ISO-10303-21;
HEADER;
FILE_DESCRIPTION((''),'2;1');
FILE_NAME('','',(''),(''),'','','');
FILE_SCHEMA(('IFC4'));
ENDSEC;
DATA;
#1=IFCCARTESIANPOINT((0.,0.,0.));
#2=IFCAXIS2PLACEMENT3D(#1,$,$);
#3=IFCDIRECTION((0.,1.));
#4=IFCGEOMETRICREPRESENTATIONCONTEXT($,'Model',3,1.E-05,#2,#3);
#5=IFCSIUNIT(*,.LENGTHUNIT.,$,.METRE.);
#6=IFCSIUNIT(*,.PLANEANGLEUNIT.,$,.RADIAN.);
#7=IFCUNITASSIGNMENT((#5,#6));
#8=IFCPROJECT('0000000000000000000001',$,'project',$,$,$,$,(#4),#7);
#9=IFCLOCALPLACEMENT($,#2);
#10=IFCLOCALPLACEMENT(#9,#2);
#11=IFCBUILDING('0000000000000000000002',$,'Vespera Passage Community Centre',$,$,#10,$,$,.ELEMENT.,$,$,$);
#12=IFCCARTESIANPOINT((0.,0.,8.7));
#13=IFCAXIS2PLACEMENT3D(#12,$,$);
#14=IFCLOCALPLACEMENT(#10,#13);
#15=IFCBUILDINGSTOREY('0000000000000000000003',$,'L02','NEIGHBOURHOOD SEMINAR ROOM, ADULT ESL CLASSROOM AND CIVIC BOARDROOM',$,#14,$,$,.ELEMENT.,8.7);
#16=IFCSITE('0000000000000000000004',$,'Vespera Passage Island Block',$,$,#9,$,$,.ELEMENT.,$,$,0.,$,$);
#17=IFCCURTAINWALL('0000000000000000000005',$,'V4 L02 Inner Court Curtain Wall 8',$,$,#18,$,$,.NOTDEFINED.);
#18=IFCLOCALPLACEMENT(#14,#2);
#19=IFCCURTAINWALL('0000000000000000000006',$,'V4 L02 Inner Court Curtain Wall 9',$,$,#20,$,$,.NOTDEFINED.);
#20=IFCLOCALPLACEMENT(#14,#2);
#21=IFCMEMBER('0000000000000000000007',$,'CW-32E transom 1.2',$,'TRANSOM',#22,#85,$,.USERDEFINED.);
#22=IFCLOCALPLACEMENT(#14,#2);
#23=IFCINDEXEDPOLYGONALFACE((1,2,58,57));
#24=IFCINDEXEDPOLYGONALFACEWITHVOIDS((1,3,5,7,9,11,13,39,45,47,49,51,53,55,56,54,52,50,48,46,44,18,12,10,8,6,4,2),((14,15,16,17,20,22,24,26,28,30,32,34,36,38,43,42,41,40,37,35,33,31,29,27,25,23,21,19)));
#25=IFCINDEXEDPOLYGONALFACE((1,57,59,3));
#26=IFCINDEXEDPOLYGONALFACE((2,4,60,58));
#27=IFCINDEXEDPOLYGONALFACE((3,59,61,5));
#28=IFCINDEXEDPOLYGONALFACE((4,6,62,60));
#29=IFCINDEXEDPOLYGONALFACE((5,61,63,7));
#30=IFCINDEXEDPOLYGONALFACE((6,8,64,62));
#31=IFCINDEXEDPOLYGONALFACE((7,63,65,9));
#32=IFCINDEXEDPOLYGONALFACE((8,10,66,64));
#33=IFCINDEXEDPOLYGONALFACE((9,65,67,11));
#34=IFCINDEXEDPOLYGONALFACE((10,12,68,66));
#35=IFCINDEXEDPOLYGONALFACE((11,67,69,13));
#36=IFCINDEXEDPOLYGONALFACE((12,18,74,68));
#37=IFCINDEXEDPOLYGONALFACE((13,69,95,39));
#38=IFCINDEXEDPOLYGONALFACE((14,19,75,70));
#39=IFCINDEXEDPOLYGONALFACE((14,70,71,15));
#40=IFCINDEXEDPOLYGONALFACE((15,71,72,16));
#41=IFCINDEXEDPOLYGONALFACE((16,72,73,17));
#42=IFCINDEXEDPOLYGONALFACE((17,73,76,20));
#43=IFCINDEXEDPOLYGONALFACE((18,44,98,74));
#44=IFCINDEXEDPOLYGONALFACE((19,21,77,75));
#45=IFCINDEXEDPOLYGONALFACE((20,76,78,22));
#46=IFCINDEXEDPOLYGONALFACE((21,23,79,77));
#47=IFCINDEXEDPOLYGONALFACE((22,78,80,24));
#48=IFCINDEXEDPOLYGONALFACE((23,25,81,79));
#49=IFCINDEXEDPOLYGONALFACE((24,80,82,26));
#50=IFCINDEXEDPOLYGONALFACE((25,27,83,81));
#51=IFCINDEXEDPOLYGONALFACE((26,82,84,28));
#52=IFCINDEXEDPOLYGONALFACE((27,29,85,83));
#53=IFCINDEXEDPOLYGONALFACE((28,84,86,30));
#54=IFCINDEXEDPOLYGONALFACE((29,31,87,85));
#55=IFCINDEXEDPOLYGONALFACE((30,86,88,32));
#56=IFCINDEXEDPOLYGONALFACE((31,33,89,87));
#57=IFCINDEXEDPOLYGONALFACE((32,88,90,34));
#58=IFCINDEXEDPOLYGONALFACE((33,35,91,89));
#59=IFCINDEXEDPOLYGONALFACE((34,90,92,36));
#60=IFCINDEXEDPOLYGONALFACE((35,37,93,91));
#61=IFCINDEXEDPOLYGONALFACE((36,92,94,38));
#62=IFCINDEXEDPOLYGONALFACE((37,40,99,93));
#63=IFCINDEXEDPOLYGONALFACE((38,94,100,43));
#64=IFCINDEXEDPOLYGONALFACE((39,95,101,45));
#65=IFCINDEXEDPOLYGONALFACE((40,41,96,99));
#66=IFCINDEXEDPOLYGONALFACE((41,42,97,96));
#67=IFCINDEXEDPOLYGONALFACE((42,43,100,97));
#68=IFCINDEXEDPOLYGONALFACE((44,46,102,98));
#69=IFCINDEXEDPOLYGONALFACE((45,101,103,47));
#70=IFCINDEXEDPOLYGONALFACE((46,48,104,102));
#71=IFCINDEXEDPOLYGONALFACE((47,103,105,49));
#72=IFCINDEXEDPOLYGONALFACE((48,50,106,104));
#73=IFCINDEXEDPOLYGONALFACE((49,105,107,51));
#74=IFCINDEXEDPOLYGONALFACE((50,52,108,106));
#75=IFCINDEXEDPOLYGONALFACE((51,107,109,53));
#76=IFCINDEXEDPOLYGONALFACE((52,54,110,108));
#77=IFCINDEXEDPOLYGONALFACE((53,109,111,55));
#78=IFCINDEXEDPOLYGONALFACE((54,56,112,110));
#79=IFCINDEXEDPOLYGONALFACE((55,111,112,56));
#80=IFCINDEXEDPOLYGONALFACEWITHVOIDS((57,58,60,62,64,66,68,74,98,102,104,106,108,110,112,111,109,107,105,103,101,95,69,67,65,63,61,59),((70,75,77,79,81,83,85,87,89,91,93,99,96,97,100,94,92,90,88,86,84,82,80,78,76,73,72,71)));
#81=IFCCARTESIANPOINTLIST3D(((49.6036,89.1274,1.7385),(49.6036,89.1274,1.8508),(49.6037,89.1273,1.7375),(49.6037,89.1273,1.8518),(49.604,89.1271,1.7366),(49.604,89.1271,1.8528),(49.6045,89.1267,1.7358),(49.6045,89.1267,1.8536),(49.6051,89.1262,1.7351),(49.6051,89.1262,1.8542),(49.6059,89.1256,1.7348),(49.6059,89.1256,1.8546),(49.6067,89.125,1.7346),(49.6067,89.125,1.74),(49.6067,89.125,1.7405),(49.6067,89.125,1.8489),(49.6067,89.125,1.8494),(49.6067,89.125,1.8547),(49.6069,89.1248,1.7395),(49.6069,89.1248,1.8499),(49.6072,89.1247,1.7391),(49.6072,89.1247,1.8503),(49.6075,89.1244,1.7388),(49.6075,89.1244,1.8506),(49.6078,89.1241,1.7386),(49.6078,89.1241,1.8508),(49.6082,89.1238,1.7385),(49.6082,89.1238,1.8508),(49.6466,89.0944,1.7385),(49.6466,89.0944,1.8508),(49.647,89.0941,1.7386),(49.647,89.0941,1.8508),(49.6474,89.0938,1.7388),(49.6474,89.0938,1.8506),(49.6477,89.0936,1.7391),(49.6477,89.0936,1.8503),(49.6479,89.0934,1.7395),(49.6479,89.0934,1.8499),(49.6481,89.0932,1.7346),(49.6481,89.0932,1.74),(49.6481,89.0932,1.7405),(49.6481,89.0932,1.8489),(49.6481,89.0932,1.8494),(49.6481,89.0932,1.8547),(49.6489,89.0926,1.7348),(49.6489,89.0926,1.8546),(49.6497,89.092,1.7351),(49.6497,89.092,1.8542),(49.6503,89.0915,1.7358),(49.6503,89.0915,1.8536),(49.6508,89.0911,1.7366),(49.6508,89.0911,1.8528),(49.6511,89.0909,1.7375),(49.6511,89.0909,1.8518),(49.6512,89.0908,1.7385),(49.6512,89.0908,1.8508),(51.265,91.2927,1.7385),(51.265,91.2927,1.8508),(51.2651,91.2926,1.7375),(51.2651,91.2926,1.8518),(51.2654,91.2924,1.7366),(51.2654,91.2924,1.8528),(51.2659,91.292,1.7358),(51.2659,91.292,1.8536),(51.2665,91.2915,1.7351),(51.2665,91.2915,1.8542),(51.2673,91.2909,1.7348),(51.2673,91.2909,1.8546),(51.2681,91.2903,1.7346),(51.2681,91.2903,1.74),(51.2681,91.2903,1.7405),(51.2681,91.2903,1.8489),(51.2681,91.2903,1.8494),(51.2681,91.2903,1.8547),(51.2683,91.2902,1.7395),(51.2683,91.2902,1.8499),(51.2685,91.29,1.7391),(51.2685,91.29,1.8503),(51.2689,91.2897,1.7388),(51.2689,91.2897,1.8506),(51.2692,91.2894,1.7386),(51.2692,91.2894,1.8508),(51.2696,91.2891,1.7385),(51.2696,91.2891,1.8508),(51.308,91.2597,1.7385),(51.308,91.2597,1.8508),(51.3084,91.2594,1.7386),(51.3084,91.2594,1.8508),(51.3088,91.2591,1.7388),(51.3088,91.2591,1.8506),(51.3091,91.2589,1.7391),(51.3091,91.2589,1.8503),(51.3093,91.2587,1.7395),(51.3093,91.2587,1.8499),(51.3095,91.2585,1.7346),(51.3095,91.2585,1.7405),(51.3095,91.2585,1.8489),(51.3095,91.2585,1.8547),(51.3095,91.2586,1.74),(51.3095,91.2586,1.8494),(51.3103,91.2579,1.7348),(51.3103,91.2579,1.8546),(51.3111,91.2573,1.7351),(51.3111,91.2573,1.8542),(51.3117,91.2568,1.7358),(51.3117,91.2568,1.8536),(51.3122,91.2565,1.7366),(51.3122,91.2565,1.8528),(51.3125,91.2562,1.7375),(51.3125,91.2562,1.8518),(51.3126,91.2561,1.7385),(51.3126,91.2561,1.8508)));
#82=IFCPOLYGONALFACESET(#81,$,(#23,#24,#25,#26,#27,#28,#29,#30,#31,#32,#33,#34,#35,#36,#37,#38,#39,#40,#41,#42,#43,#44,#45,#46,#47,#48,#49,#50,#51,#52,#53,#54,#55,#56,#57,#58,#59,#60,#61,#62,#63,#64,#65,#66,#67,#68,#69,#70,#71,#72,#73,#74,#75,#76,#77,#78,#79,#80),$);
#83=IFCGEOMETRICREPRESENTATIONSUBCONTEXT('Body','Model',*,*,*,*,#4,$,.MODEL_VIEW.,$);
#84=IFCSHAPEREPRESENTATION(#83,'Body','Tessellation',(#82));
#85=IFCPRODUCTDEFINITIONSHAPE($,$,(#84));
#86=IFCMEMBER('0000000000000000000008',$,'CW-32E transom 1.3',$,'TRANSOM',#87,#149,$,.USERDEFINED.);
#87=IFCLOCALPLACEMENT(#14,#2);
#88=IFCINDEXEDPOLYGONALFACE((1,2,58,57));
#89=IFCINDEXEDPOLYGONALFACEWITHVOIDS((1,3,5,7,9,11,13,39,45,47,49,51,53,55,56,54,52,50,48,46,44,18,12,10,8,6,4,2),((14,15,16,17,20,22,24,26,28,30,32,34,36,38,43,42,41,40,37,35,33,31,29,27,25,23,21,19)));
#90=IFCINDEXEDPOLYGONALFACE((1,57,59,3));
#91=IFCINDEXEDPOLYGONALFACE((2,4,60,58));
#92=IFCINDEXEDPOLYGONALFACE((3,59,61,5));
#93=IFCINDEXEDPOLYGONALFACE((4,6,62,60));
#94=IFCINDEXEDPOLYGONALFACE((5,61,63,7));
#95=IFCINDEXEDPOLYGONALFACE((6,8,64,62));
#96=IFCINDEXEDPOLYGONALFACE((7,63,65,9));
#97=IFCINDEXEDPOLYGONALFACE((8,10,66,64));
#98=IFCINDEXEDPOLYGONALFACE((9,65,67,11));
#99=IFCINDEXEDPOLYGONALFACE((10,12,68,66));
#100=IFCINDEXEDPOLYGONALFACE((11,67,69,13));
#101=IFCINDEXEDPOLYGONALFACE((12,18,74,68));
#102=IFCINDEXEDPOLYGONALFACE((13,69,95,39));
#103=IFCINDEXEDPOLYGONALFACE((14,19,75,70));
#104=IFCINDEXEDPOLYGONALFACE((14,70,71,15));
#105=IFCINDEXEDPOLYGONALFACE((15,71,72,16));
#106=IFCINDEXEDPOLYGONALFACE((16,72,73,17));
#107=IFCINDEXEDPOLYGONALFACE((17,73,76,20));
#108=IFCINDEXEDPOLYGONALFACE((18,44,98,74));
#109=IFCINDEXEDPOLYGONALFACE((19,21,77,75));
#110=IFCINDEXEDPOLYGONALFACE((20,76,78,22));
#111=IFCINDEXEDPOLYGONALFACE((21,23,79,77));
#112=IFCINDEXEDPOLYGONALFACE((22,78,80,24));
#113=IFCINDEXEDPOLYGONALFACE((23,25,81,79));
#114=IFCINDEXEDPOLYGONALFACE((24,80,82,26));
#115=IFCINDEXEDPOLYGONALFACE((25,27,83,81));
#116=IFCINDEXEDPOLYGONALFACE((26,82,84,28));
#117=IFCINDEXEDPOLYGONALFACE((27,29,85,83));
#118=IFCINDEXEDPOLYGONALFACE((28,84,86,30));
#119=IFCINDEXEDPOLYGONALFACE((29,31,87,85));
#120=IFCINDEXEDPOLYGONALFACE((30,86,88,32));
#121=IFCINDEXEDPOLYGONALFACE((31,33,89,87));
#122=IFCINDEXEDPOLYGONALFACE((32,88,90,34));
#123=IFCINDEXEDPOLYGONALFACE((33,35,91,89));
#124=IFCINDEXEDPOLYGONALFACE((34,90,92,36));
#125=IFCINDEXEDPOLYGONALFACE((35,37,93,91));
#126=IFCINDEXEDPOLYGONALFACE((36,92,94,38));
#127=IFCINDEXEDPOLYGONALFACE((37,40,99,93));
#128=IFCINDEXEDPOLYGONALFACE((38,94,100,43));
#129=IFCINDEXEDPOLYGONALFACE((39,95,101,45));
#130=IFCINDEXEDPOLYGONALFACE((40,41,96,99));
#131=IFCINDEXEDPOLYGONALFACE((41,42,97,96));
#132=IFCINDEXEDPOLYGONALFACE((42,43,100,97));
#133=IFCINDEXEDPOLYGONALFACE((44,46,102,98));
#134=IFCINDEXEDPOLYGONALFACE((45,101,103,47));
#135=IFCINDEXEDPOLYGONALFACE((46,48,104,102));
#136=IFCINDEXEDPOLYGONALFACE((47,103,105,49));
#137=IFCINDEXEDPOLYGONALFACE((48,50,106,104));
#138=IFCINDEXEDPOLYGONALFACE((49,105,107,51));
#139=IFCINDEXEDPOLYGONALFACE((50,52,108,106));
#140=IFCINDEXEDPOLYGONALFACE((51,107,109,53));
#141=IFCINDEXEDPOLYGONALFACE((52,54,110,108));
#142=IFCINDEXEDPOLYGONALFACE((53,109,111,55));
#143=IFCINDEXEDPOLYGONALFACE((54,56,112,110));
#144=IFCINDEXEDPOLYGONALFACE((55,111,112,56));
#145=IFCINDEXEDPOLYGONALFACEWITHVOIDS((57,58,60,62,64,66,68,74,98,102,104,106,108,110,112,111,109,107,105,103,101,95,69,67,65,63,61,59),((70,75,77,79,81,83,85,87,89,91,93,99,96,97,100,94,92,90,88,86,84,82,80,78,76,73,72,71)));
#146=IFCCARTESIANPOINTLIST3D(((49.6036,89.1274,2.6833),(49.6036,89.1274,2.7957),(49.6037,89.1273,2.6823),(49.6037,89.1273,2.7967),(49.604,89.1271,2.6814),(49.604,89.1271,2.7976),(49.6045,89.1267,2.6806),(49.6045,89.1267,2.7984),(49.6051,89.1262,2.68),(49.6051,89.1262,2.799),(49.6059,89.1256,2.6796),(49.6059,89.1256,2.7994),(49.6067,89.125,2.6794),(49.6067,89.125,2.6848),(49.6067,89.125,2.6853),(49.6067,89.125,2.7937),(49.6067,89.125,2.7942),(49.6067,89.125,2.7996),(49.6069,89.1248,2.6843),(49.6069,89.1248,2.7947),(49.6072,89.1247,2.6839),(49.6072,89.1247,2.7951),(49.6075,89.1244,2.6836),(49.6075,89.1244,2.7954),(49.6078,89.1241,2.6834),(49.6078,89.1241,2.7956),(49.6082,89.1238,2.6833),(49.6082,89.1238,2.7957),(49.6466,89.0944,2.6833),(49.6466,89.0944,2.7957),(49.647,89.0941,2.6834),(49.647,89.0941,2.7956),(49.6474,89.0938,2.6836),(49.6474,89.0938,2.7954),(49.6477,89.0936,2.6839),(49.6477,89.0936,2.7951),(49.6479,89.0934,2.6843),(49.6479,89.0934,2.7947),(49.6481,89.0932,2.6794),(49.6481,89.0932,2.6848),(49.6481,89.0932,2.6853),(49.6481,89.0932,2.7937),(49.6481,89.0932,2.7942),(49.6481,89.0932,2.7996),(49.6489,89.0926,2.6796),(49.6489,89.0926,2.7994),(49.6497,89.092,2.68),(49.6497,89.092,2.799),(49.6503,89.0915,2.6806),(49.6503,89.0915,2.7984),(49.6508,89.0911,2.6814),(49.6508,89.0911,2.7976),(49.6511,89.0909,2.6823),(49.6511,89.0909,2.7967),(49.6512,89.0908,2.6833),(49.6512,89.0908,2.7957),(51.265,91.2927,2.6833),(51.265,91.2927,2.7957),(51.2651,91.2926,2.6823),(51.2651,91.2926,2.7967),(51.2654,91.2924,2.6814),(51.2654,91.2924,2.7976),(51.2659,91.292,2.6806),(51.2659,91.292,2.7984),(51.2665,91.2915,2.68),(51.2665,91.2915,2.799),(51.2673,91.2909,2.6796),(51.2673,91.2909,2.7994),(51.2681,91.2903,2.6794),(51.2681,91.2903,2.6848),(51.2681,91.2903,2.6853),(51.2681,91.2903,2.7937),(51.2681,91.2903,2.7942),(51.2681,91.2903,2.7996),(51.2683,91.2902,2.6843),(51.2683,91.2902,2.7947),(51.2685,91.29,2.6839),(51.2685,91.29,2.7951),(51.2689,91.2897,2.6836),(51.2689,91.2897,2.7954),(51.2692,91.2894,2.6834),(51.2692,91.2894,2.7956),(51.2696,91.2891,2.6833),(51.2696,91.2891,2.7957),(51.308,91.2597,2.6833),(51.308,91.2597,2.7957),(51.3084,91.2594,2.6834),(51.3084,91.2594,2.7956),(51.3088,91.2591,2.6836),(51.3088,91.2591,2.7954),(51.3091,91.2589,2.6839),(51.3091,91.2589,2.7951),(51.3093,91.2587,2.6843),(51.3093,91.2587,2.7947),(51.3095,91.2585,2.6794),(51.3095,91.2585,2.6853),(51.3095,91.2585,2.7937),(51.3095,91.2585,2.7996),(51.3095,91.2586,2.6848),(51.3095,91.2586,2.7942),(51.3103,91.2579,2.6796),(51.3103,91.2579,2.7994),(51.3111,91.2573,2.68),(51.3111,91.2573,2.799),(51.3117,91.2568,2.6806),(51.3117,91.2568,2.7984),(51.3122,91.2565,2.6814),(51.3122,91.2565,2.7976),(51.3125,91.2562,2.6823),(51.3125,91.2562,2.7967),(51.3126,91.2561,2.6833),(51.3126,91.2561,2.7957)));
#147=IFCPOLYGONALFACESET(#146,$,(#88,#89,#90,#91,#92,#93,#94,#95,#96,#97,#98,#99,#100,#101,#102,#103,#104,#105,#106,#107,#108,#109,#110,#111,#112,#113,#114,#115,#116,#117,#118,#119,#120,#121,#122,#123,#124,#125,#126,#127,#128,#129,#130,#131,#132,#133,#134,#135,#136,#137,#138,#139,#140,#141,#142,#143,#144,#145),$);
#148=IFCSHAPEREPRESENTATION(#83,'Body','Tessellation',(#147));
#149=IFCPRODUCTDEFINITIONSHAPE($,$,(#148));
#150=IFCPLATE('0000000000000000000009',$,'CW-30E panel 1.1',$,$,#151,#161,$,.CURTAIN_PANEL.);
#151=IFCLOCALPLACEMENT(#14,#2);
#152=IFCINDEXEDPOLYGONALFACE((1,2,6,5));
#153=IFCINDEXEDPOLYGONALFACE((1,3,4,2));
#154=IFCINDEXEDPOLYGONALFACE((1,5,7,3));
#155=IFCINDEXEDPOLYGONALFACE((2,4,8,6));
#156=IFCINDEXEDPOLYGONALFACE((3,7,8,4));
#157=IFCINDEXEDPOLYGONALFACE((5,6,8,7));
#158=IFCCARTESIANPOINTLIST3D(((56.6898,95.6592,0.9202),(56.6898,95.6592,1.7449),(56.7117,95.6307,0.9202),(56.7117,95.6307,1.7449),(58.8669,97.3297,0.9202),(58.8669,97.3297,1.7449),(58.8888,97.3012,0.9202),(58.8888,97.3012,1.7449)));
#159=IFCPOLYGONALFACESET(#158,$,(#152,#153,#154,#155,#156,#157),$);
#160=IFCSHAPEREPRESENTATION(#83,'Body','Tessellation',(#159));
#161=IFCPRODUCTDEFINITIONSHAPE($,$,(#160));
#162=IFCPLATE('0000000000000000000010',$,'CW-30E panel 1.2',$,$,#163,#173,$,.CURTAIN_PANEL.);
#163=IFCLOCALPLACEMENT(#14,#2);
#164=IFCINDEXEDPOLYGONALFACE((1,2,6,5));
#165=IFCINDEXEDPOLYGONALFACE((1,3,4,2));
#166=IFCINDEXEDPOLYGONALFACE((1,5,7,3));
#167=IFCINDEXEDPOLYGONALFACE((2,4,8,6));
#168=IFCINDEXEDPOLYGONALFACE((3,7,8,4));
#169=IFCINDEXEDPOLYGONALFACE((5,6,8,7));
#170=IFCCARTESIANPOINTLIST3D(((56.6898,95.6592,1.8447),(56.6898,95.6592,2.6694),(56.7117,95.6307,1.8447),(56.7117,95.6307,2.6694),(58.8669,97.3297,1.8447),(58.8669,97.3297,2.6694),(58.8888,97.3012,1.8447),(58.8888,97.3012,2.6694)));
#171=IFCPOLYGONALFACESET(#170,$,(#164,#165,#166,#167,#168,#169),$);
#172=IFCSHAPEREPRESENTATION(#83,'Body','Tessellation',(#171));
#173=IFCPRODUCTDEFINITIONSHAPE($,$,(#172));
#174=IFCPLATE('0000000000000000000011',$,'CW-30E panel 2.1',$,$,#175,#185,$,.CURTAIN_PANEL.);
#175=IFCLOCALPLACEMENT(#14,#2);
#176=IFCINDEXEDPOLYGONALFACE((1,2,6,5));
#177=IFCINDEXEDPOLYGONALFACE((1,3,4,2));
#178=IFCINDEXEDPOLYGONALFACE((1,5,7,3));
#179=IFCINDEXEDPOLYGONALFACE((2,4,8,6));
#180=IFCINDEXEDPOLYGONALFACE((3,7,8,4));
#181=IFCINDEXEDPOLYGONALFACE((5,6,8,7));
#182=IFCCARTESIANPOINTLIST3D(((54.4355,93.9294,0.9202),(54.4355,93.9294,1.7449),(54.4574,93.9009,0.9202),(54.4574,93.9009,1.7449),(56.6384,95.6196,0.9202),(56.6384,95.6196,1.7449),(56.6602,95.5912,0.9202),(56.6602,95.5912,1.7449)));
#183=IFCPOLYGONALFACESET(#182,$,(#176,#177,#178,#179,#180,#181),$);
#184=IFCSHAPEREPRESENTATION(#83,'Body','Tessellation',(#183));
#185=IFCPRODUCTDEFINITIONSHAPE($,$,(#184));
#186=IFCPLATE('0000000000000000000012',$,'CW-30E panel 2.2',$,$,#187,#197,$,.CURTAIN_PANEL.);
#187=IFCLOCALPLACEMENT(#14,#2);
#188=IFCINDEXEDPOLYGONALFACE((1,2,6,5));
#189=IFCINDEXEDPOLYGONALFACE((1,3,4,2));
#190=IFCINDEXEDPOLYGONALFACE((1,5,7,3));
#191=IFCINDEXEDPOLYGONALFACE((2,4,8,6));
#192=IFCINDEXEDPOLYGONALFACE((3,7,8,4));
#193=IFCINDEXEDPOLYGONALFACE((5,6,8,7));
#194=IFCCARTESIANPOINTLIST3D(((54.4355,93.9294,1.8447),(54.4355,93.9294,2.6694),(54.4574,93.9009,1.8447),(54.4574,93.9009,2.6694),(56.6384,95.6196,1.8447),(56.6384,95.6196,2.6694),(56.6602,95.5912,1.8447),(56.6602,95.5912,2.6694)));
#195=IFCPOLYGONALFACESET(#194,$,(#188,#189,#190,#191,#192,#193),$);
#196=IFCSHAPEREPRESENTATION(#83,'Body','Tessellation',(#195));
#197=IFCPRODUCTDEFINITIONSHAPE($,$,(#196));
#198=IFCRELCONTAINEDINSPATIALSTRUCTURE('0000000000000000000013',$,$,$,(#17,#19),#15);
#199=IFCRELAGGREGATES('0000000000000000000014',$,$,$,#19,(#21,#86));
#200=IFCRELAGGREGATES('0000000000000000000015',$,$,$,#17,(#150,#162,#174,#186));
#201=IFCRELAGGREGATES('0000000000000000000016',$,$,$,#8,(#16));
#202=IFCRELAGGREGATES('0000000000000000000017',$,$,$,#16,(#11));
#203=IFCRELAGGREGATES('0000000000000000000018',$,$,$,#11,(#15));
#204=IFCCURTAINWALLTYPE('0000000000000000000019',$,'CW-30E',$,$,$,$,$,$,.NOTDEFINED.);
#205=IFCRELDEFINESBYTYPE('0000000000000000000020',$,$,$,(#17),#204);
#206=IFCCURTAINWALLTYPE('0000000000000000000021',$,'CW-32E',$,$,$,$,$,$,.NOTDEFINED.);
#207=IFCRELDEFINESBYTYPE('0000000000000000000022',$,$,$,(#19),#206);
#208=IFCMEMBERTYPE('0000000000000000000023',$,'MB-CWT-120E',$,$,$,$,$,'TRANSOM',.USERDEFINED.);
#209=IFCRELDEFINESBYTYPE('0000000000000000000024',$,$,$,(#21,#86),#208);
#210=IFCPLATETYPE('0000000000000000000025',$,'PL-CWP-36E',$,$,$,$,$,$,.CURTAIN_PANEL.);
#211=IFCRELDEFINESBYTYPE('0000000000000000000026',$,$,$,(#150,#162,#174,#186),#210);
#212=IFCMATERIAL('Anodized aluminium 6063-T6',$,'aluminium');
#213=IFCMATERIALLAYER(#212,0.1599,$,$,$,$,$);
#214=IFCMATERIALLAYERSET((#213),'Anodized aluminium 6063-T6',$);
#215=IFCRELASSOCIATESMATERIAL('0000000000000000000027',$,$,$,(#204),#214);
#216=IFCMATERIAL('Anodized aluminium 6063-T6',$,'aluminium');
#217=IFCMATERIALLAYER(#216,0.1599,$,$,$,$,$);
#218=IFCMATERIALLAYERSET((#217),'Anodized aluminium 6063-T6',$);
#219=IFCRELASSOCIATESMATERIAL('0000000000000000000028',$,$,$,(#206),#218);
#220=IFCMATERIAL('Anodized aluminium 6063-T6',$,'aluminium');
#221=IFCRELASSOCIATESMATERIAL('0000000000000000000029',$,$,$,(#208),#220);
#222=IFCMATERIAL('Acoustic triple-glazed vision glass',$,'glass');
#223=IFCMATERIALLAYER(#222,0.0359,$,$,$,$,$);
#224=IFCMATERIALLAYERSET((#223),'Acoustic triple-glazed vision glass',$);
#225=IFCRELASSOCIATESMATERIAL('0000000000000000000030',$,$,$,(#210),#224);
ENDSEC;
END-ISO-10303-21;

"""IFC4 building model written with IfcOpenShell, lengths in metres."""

from ifc_helpers import new_model, si_unit, direction, frame, origin, origin_2d, place, context, subcontext, project, spatial, rectangle, hollow_rectangle, extrude, material, layer, layer_set, material_profile, profile_set, type_object, element, aggregate, save


model = new_model("IFC4")

# Units and contexts
model_context = context("Model", 3, precision=1e-05, world=origin(), true_north=direction((0.0, 1.0)))
body_context = subcontext(model_context, "Body", "Model", "MODEL_VIEW")
ifc_project = project(units=[si_unit("LENGTHUNIT", "METRE"), si_unit("PLANEANGLEUNIT", "RADIAN")], contexts=[model_context])

# Site, building, storey
site_placement = place(None, origin())
site = spatial("IfcSite", under=ifc_project, at=site_placement, Name="Vespera Passage Island Block", CompositionType="ELEMENT", RefElevation=0.0)
building_placement = place(site_placement, origin())
building = spatial("IfcBuilding", under=site, at=building_placement, Name="Vespera Passage Community Centre", CompositionType="ELEMENT")
storey_placement = place(building_placement, frame((0.0, 0.0, 8.7)))
storey = spatial("IfcBuildingStorey", under=building, at=storey_placement, Name="L02", Description="NEIGHBOURHOOD SEMINAR ROOM, ADULT ESL CLASSROOM AND CIVIC BOARDROOM", CompositionType="ELEMENT", Elevation=8.7)

# Curtain wall
ifc_material_1 = material(Name="Anodized aluminium 6063-T6", Category="aluminium")
ifc_layer_1 = layer(ifc_material_1, 0.1599)
ifc_layer_set_1 = layer_set([ifc_layer_1], Name="Anodized aluminium 6063-T6")
curtain_wall_type_1 = type_object("IfcCurtainWallType", Name="CW-30E", PredefinedType="NOTDEFINED", material=ifc_layer_set_1)
curtain_wall_1_placement = place(storey_placement, origin())
curtain_wall_1 = element("IfcCurtainWall", 1, at=curtain_wall_1_placement, inside=storey, type_object=curtain_wall_type_1, Name="V4 L02 Inner Court Curtain Wall 8", PredefinedType="NOTDEFINED")

# Curtain wall
ifc_material_2 = material(Name="Anodized aluminium 6063-T6", Category="aluminium")
ifc_layer_2 = layer(ifc_material_2, 0.1599)
ifc_layer_set_2 = layer_set([ifc_layer_2], Name="Anodized aluminium 6063-T6")
curtain_wall_type_2 = type_object("IfcCurtainWallType", Name="CW-32E", PredefinedType="NOTDEFINED", material=ifc_layer_set_2)
curtain_wall_2_placement = place(storey_placement, origin())
curtain_wall_2 = element("IfcCurtainWall", 2, at=curtain_wall_2_placement, inside=storey, type_object=curtain_wall_type_2, Name="V4 L02 Inner Court Curtain Wall 9", PredefinedType="NOTDEFINED")

# Members
ifc_material_3 = material(Name="Anodized aluminium 6063-T6", Category="aluminium")
ifc_material_profile_1 = material_profile(ifc_material_3, hollow_rectangle(XDim=0.0601, YDim=0.1201, WallThickness=0.0039, InnerFilletRadius=0.002, OuterFilletRadius=0.0039, at=origin_2d()), Name="ALU120X60X4")
ifc_profile_set_1 = profile_set([ifc_material_profile_1], Name="Anodized aluminium 6063-T6")
member_type_1 = type_object("IfcMemberType", Name="MB-CWT-120E", ElementType="TRANSOM", PredefinedType="USERDEFINED", material=ifc_profile_set_1)
member_1_placement = place(storey_placement, frame((51.2888, 91.2744, 1.7947), z_axis=(-0.608738, -0.793372, 0.0), x_axis=(0.793372, -0.608738, 0.0)))
member_1 = element("IfcMember", 3, at=member_1_placement, type_object=member_type_1, Name="CW-32E transom 1.2", ObjectType="TRANSOM", PredefinedType="USERDEFINED", context=body_context, shape_type="SweptSolid", body=[
    extrude(hollow_rectangle(XDim=0.0601, YDim=0.1201, WallThickness=0.0039, InnerFilletRadius=0.002, OuterFilletRadius=0.0039, at=origin_2d()), origin(), (0.0, 0.0, 1.0), 2.7292),
])
member_2_placement = place(storey_placement, frame((51.2888, 91.2744, 2.7395), z_axis=(-0.608738, -0.793372, 0.0), x_axis=(0.793372, -0.608738, 0.0)))
member_2 = element("IfcMember", 4, at=member_2_placement, type_object=member_type_1, Name="CW-32E transom 1.3", ObjectType="TRANSOM", PredefinedType="USERDEFINED", context=body_context, shape_type="SweptSolid", body=[
    extrude(hollow_rectangle(XDim=0.0601, YDim=0.1201, WallThickness=0.0039, InnerFilletRadius=0.002, OuterFilletRadius=0.0039, at=origin_2d()), origin(), (0.0, 0.0, 1.0), 2.7292),
])
aggregate(curtain_wall_2, [member_1, member_2])

# Plates
ifc_material_4 = material(Name="Acoustic triple-glazed vision glass", Category="glass")
ifc_layer_3 = layer(ifc_material_4, 0.0359)
ifc_layer_set_3 = layer_set([ifc_layer_3], Name="Acoustic triple-glazed vision glass")
plate_type = type_object("IfcPlateType", Name="PL-CWP-36E", PredefinedType="CURTAIN_PANEL", material=ifc_layer_set_3)
plate_1_placement = place(storey_placement, frame((57.7893, 96.4802, 0.9202), z_axis=(0.0, 0.0, 1.0), x_axis=(-0.793358, -0.608755, 0.0)))
plate_1 = element("IfcPlate", 5, at=plate_1_placement, type_object=plate_type, Name="CW-30E panel 1.1", PredefinedType="CURTAIN_PANEL", context=body_context, shape_type="SweptSolid", body=[
    extrude(rectangle(XDim=2.7441, YDim=0.0359, at=origin_2d()), origin(), (0.0, 0.0, 1.0), 0.8247),
])
plate_2_placement = place(storey_placement, frame((57.7893, 96.4802, 1.8447), z_axis=(0.0, 0.0, 1.0), x_axis=(-0.793358, -0.608755, 0.0)))
plate_2 = element("IfcPlate", 6, at=plate_2_placement, type_object=plate_type, Name="CW-30E panel 1.2", PredefinedType="CURTAIN_PANEL", context=body_context, shape_type="SweptSolid", body=[
    extrude(rectangle(XDim=2.7441, YDim=0.0359, at=origin_2d()), origin(), (0.0, 0.0, 1.0), 0.8247),
])
plate_3_placement = place(storey_placement, frame((55.5479, 94.7603, 0.9202), z_axis=(0.0, 0.0, 1.0), x_axis=(-0.793358, -0.608755, 0.0)))
plate_3 = element("IfcPlate", 7, at=plate_3_placement, type_object=plate_type, Name="CW-30E panel 2.1", PredefinedType="CURTAIN_PANEL", context=body_context, shape_type="SweptSolid", body=[
    extrude(rectangle(XDim=2.7766, YDim=0.0359, at=origin_2d()), origin(), (0.0, 0.0, 1.0), 0.8247),
])
plate_4_placement = place(storey_placement, frame((55.5479, 94.7603, 1.8447), z_axis=(0.0, 0.0, 1.0), x_axis=(-0.793358, -0.608755, 0.0)))
plate_4 = element("IfcPlate", 8, at=plate_4_placement, type_object=plate_type, Name="CW-30E panel 2.2", PredefinedType="CURTAIN_PANEL", context=body_context, shape_type="SweptSolid", body=[
    extrude(rectangle(XDim=2.7766, YDim=0.0359, at=origin_2d()), origin(), (0.0, 0.0, 1.0), 0.8247),
])
aggregate(curtain_wall_1, [plate_1, plate_2, plate_3, plate_4])

save(model, "model.ifc")
